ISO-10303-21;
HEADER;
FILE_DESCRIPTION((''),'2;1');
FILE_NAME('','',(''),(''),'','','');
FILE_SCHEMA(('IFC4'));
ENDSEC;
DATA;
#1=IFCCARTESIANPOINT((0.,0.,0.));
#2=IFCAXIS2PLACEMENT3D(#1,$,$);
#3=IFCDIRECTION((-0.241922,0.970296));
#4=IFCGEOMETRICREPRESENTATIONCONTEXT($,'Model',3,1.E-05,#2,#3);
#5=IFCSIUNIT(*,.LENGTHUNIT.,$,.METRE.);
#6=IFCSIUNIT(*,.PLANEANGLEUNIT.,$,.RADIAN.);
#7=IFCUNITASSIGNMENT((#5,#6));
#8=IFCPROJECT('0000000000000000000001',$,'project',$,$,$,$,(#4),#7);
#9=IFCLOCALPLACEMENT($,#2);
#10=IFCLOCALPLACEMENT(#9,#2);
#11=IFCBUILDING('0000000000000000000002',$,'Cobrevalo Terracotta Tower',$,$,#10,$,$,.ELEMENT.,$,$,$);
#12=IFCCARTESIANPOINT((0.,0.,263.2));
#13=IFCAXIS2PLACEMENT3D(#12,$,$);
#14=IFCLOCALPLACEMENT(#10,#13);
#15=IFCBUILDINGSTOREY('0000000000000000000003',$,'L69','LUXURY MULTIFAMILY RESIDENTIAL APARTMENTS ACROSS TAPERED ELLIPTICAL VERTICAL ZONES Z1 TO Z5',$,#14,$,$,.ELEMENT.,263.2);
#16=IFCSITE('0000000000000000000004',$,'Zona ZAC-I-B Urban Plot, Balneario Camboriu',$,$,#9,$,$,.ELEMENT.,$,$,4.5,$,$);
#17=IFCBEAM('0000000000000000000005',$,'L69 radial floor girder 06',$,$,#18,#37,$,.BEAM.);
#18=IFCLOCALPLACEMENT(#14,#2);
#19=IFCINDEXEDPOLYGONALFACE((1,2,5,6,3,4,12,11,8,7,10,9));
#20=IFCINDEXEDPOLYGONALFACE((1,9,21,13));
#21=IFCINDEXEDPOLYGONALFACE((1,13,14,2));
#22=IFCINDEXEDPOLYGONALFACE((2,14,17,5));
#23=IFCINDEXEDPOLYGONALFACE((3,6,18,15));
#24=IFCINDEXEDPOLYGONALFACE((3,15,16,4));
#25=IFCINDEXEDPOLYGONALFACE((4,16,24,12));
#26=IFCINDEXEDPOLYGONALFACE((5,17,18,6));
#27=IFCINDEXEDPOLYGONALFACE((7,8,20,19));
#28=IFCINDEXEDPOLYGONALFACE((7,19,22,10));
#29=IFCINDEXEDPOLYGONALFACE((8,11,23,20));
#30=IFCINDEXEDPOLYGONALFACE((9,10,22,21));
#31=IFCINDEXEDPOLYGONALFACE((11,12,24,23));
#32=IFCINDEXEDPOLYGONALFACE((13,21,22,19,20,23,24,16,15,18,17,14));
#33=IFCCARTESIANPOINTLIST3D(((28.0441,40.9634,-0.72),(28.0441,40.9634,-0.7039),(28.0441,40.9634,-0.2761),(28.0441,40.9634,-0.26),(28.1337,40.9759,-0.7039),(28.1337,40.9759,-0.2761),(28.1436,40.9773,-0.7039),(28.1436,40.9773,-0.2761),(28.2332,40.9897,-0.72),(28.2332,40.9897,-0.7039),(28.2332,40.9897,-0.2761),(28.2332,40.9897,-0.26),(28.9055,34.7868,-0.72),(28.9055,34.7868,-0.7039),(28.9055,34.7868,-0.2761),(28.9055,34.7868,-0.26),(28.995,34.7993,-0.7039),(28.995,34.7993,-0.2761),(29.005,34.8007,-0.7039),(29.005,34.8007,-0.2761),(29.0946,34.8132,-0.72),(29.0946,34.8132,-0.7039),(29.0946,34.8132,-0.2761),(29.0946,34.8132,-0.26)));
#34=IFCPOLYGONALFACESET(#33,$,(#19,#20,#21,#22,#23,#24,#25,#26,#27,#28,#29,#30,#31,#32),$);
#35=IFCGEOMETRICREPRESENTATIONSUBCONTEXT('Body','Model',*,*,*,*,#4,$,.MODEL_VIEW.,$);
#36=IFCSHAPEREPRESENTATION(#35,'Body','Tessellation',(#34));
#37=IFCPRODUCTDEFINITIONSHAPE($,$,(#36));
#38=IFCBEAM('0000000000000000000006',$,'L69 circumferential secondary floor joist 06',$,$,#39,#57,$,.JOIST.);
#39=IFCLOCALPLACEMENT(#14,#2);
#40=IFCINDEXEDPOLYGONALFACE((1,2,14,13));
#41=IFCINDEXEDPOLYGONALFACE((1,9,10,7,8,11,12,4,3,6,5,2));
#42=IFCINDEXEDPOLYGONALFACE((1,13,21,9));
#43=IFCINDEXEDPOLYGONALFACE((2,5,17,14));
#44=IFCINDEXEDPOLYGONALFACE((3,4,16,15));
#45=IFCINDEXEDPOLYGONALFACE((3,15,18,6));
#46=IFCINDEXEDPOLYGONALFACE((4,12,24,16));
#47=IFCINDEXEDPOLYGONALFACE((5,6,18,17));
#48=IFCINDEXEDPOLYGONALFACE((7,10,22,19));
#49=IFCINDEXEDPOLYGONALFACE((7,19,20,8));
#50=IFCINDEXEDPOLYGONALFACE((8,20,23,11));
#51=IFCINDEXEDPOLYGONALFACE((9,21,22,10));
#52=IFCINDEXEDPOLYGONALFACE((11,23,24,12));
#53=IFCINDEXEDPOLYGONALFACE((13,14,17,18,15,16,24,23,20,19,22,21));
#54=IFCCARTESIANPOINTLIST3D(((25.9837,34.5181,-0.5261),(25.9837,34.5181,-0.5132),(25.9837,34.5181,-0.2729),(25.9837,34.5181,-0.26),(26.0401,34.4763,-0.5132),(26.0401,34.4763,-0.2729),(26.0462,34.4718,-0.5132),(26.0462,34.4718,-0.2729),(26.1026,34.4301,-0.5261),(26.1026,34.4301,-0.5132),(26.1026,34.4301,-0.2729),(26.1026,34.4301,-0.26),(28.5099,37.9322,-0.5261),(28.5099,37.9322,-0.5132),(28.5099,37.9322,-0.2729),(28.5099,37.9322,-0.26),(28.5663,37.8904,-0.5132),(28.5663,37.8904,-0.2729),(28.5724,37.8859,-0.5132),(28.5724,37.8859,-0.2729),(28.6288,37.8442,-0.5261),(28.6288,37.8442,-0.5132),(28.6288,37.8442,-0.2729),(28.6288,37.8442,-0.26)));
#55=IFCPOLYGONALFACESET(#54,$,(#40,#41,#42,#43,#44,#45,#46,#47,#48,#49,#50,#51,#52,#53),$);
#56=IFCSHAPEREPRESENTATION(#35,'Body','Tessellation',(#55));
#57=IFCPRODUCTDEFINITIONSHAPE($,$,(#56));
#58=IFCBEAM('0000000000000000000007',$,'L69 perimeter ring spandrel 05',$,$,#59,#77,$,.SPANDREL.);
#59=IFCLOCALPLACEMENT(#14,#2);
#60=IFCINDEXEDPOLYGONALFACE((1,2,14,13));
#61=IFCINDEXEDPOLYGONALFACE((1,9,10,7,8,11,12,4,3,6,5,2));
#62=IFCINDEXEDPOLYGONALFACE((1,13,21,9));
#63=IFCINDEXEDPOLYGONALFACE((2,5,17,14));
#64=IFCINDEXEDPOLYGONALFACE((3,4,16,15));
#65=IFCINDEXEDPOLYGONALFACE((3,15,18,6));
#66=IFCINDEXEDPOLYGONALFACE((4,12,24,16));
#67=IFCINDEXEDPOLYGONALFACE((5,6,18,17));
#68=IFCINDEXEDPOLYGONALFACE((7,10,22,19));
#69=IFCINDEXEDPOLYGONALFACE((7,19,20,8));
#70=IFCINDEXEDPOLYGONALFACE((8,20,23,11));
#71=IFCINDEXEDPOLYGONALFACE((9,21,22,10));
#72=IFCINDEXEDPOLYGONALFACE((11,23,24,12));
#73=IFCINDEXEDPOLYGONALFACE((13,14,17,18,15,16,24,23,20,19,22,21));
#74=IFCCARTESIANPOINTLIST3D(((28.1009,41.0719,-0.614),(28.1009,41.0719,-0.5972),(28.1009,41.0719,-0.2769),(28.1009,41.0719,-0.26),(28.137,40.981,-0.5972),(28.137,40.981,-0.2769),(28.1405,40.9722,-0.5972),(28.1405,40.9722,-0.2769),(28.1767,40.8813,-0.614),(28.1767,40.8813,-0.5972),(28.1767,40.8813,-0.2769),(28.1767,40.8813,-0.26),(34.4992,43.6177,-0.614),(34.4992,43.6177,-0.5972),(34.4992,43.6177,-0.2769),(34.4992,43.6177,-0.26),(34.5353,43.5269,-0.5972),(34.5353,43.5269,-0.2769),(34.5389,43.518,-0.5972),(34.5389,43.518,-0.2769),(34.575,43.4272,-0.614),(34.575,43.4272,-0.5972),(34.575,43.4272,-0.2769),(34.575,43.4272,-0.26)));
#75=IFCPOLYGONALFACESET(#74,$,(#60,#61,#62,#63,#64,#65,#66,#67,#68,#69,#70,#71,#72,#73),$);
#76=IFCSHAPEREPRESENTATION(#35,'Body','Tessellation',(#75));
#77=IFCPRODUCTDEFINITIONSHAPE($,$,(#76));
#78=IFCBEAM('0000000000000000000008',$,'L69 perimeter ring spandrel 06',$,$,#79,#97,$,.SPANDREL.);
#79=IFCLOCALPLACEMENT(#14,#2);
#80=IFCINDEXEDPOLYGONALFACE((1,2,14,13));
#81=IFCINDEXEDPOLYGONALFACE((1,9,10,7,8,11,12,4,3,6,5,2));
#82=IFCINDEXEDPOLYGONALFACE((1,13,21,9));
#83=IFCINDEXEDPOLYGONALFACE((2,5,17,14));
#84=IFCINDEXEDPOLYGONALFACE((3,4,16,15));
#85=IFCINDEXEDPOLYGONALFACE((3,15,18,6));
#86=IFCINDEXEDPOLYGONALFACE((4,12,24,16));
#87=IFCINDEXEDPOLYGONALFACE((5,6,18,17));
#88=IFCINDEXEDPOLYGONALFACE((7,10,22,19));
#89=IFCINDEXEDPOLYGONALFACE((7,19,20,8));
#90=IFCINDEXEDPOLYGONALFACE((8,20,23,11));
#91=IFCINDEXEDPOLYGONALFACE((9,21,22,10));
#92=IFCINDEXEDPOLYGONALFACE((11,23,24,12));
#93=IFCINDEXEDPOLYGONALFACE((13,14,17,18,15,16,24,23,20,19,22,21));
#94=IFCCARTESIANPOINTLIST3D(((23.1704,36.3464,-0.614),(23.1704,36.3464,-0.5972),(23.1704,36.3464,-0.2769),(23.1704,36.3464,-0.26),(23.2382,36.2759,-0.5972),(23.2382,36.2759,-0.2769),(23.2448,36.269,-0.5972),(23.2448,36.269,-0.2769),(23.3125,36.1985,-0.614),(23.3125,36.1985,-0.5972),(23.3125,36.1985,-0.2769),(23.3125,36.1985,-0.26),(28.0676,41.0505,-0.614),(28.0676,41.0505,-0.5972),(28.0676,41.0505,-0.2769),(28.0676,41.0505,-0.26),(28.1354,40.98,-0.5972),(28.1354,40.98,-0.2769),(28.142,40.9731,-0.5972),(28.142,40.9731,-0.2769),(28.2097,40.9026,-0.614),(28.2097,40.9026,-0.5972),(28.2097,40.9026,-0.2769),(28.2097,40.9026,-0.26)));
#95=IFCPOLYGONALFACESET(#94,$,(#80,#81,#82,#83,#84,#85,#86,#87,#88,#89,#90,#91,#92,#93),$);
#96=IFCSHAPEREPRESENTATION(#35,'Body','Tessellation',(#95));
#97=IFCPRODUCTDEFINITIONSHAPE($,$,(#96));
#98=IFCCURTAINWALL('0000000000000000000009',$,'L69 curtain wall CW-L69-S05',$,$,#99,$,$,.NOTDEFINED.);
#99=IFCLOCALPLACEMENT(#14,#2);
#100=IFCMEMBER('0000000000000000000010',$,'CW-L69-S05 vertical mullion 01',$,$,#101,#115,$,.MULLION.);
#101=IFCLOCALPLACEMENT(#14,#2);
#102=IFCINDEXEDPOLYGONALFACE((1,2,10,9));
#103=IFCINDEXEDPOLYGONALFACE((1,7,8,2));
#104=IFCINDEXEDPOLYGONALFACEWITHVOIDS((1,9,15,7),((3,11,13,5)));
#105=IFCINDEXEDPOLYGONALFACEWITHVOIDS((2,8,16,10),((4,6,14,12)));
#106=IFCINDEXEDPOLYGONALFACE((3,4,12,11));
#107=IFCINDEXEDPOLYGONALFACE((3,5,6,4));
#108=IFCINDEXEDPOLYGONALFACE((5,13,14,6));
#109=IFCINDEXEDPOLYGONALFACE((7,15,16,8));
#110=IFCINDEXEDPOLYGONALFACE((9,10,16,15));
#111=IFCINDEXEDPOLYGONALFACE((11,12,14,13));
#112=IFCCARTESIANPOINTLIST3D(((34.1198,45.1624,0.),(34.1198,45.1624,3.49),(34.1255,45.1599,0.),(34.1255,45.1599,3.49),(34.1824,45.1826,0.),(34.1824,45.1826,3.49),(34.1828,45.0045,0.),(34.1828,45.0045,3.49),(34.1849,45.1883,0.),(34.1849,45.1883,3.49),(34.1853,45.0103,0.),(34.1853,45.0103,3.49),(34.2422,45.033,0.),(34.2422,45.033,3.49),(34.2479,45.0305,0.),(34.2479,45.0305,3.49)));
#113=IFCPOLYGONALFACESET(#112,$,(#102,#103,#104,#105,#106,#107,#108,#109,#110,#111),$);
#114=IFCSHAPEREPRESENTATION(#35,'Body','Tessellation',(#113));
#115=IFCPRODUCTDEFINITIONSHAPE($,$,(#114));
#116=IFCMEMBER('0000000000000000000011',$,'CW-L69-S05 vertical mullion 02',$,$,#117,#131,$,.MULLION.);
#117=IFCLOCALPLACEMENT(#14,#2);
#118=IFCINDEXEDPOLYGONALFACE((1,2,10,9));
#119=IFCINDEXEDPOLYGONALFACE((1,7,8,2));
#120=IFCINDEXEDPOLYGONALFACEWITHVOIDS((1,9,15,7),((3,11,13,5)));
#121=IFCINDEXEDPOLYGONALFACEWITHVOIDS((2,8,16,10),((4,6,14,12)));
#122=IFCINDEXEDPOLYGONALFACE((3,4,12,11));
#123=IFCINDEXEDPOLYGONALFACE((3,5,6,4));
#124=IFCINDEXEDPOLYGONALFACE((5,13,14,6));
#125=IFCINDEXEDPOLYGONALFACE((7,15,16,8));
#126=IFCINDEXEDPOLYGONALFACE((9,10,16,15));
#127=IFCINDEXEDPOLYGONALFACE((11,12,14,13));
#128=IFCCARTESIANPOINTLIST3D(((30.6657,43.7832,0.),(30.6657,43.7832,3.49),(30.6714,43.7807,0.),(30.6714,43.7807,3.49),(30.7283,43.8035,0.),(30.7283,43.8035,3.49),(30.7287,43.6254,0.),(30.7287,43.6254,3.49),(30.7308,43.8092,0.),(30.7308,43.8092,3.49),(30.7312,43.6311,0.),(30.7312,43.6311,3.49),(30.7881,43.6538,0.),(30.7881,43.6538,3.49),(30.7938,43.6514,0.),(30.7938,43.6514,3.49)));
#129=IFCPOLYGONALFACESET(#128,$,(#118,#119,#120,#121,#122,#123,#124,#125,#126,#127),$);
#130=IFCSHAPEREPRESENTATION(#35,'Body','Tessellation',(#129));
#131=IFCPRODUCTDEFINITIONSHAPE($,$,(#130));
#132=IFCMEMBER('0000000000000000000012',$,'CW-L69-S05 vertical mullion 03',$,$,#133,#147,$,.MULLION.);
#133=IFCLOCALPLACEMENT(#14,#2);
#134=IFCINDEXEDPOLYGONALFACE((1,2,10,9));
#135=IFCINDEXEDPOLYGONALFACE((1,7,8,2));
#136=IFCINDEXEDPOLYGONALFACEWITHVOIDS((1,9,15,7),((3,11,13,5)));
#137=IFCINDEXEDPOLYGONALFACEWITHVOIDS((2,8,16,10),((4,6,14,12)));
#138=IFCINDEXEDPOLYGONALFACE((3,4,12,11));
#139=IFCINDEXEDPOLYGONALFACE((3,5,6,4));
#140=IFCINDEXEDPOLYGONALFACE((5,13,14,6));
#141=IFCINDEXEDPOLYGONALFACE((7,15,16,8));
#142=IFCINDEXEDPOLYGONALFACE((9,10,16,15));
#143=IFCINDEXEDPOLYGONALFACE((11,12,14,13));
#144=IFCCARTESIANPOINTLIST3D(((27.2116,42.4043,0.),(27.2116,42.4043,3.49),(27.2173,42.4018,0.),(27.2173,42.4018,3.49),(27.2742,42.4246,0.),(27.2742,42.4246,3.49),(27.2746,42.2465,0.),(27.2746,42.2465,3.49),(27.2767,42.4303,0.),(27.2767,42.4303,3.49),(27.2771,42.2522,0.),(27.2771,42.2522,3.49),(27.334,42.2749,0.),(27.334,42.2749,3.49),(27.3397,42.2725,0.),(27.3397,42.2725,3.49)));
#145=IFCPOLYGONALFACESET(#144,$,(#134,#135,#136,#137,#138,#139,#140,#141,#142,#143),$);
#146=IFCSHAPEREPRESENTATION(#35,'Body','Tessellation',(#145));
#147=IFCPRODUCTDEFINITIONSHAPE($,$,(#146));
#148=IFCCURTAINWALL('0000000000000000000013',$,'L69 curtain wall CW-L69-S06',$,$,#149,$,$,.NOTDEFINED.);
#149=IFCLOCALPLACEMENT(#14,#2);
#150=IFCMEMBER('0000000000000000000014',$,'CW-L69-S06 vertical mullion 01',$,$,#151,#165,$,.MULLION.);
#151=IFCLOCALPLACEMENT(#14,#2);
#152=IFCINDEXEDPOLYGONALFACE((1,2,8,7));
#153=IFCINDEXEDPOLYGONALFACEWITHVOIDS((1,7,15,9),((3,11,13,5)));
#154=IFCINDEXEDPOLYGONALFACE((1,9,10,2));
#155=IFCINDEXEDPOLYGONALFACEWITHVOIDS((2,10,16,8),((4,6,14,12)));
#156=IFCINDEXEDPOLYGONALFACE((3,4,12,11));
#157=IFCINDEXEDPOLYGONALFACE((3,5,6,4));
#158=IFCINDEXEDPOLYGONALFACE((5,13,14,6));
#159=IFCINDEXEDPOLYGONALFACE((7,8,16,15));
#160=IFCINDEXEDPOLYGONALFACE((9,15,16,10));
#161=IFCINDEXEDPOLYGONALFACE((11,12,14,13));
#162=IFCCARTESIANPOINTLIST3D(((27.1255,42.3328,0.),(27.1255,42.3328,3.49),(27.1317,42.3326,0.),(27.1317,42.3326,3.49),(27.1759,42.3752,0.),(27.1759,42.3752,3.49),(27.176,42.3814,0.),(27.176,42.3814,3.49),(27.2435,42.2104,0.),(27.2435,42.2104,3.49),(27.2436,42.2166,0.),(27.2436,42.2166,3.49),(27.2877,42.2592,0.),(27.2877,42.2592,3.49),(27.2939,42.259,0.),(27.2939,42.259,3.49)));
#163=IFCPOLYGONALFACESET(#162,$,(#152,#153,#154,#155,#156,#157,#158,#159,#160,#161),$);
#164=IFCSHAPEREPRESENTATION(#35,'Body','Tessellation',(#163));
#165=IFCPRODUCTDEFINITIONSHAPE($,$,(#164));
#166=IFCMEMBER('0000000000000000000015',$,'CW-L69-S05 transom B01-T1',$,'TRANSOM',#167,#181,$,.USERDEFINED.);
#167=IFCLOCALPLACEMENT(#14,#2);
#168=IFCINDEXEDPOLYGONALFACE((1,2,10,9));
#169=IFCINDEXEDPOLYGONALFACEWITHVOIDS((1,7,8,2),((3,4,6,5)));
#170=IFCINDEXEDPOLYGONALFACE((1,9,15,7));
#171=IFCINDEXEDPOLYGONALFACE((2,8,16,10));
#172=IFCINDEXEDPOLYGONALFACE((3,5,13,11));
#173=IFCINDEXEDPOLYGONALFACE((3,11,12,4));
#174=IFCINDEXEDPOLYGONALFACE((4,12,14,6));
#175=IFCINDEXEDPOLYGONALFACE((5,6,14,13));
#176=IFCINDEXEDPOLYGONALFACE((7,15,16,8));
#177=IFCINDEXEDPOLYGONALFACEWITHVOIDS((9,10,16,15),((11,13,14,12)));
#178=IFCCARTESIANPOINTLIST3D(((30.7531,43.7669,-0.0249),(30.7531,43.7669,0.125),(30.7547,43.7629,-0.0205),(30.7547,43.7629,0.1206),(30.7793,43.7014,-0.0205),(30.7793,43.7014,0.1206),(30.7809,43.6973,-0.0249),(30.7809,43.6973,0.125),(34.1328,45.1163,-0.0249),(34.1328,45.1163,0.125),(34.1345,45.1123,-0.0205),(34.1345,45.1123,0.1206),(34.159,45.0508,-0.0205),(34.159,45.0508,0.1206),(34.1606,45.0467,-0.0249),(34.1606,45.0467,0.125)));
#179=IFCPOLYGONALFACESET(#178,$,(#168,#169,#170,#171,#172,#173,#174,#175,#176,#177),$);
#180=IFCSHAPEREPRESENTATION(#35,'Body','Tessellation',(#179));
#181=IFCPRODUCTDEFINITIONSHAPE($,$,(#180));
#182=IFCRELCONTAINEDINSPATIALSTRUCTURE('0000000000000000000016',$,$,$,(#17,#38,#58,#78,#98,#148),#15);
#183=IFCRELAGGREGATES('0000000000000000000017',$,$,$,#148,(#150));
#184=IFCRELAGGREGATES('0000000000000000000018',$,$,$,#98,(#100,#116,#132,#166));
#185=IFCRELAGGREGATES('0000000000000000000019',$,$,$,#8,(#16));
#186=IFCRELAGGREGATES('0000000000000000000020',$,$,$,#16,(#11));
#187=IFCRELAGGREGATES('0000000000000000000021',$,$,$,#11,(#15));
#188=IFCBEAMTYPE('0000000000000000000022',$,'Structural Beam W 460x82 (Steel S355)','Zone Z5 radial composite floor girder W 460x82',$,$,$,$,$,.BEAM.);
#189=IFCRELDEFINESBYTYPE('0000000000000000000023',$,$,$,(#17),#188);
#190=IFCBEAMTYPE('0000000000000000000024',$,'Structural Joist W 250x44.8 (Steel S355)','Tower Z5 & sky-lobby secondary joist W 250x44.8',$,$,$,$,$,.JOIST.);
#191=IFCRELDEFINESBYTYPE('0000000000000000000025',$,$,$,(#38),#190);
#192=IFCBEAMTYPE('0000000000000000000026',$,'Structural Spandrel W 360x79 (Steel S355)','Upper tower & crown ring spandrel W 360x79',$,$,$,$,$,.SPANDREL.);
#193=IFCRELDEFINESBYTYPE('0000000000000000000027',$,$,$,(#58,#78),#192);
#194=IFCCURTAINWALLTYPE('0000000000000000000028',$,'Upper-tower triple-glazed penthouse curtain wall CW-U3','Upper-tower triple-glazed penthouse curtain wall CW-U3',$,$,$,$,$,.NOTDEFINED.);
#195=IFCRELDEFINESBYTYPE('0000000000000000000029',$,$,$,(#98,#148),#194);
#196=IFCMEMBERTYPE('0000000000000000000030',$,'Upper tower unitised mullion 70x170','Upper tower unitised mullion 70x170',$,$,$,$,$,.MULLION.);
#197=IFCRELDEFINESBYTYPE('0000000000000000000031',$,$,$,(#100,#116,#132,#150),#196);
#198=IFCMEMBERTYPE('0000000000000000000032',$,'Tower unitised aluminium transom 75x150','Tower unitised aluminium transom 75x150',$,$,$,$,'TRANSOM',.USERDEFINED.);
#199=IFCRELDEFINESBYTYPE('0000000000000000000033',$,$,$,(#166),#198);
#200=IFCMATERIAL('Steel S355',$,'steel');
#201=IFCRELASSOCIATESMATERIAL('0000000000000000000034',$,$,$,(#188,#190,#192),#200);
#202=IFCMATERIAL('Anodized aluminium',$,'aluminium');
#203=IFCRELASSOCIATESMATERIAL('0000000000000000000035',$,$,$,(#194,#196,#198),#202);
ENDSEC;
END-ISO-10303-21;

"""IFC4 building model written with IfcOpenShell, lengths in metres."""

from ifc_helpers import new_model, si_unit, direction, frame, origin, origin_2d, place, context, subcontext, project, spatial, hollow_rectangle, i_section, extrude, source, transform, mapped, material, material_profile, profile_set, type_object, element, aggregate, save


model = new_model("IFC4")

# Units and contexts
model_context = context("Model", 3, precision=1e-05, world=origin(), true_north=direction((-0.241922, 0.970296)))
body_context = subcontext(model_context, "Body", "Model", "MODEL_VIEW")
ifc_project = project(units=[si_unit("LENGTHUNIT", "METRE"), si_unit("PLANEANGLEUNIT", "RADIAN")], contexts=[model_context])

# Site, building, storey
site_placement = place(None, origin())
site = spatial("IfcSite", under=ifc_project, at=site_placement, Name="Zona ZAC-I-B Urban Plot, Balneario Camboriu", CompositionType="ELEMENT", RefElevation=4.5)
building_placement = place(site_placement, origin())
building = spatial("IfcBuilding", under=site, at=building_placement, Name="Cobrevalo Terracotta Tower", CompositionType="ELEMENT")
storey_placement = place(building_placement, frame((0.0, 0.0, 263.2)))
storey = spatial("IfcBuildingStorey", under=building, at=storey_placement, Name="L69", Description="LUXURY MULTIFAMILY RESIDENTIAL APARTMENTS ACROSS TAPERED ELLIPTICAL VERTICAL ZONES Z1 TO Z5", CompositionType="ELEMENT", Elevation=263.2)

# Shared definitions
ifc_material_1 = material(Name="Steel S355", Category="steel")

# Beams
ifc_material_profile_1 = material_profile(ifc_material_1, i_section(OverallWidth=0.1909, OverallDepth=0.46, WebThickness=0.01, FlangeThickness=0.0161, at=origin_2d()), Name="W 460x82")
ifc_profile_set_1 = profile_set([ifc_material_profile_1], Name="Steel S355")
beam_type_1 = type_object("IfcBeamType", Name="Structural Beam W 460x82 (Steel S355)", Description="Zone Z5 radial composite floor girder W 460x82", PredefinedType="BEAM", material=ifc_profile_set_1)
beam_1_placement = place(storey_placement, frame((28.1387, 40.9766, -0.49), z_axis=(0.138116, -0.990416, 0.0), x_axis=(0.990416, 0.138116, 0.0)))
element("IfcBeam", 1, at=beam_1_placement, inside=storey, type_object=beam_type_1, Name="L69 radial floor girder 06", PredefinedType="BEAM", context=body_context, shape_type="SweptSolid", body=[
    extrude(i_section(OverallWidth=0.1909, OverallDepth=0.46, WebThickness=0.01, FlangeThickness=0.0161, at=origin_2d()), origin(), (0.0, 0.0, 1.0), 6.2363),
])
ifc_material_profile_2 = material_profile(ifc_material_1, i_section(OverallWidth=0.1479, OverallDepth=0.2661, WebThickness=0.0076, FlangeThickness=0.0129, at=origin_2d()), Name="W 250x44.8")
ifc_profile_set_2 = profile_set([ifc_material_profile_2], Name="Steel S355")
beam_type_2 = type_object("IfcBeamType", Name="Structural Joist W 250x44.8 (Steel S355)", Description="Tower Z5 & sky-lobby secondary joist W 250x44.8", PredefinedType="JOIST", material=ifc_profile_set_2)
beam_2_placement = place(storey_placement, frame((28.5693, 37.8882, -0.3931), z_axis=(-0.5948, -0.803874, 0.0), x_axis=(0.803874, -0.5948, 0.0)))
element("IfcBeam", 2, at=beam_2_placement, inside=storey, type_object=beam_type_2, Name="L69 circumferential secondary floor joist 06", PredefinedType="JOIST", context=body_context, shape_type="SweptSolid", body=[
    extrude(i_section(OverallWidth=0.1479, OverallDepth=0.2661, WebThickness=0.0076, FlangeThickness=0.0129, at=origin_2d()), origin(), (0.0, 0.0, 1.0), 4.2471),
])
ifc_material_profile_3 = material_profile(ifc_material_1, i_section(OverallWidth=0.2051, OverallDepth=0.354, WebThickness=0.0095, FlangeThickness=0.0168, at=origin_2d()), Name="W 360x79")
ifc_profile_set_3 = profile_set([ifc_material_profile_3], Name="Steel S355")
beam_type_3 = type_object("IfcBeamType", Name="Structural Spandrel W 360x79 (Steel S355)", Description="Upper tower & crown ring spandrel W 360x79", PredefinedType="SPANDREL", material=ifc_profile_set_3)
beam_3_placement = place(storey_placement, frame((34.5371, 43.5225, -0.437), z_axis=(-0.92915, -0.369703, 0.0), x_axis=(0.369703, -0.92915, 0.0)))
element("IfcBeam", 3, at=beam_3_placement, inside=storey, type_object=beam_type_3, Name="L69 perimeter ring spandrel 05", PredefinedType="SPANDREL", context=body_context, shape_type="SweptSolid", body=[
    extrude(i_section(OverallWidth=0.2051, OverallDepth=0.354, WebThickness=0.0095, FlangeThickness=0.0168, at=origin_2d()), origin(), (0.0, 0.0, 1.0), 6.8862),
])
beam_4_placement = place(storey_placement, frame((28.1387, 40.9766, -0.437), z_axis=(-0.721183, -0.692744, 0.0), x_axis=(0.692744, -0.721183, 0.0)))
element("IfcBeam", 4, at=beam_4_placement, inside=storey, type_object=beam_type_3, Name="L69 perimeter ring spandrel 06", PredefinedType="SPANDREL", context=body_context, shape_type="SweptSolid", body=[
    extrude(i_section(OverallWidth=0.2051, OverallDepth=0.354, WebThickness=0.0095, FlangeThickness=0.0168, at=origin_2d()), origin(), (0.0, 0.0, 1.0), 6.7905),
])

# Curtain wall, members
ifc_material_2 = material(Name="Anodized aluminium", Category="aluminium")
curtain_wall_type = type_object("IfcCurtainWallType", Name="Upper-tower triple-glazed penthouse curtain wall CW-U3", Description="Upper-tower triple-glazed penthouse curtain wall CW-U3", PredefinedType="NOTDEFINED", material=ifc_material_2)
curtain_wall_1_placement = place(storey_placement, origin())
curtain_wall_1 = element("IfcCurtainWall", 5, at=curtain_wall_1_placement, inside=storey, type_object=curtain_wall_type, Name="L69 curtain wall CW-L69-S05", PredefinedType="NOTDEFINED")
ifc_material_profile_4 = material_profile(ifc_material_2, hollow_rectangle(XDim=0.0701, YDim=0.1699, WallThickness=0.0044, at=origin_2d()), Name="CWM 70x170")
ifc_profile_set_4 = profile_set([ifc_material_profile_4], Name="Anodized aluminium")
member_type_1 = type_object("IfcMemberType", Name="Upper tower unitised mullion 70x170", Description="Upper tower unitised mullion 70x170", PredefinedType="MULLION", material=ifc_profile_set_4)
shared_shape_1 = source(origin(), body_context, "Body", "SweptSolid", [
    extrude(hollow_rectangle(XDim=0.0701, YDim=0.1699, WallThickness=0.0044, at=origin_2d()), origin(), (0.0, 0.0, 1.0), 3.49),
])
member_1_placement = place(storey_placement, frame((34.1838, 45.0964, 0.0), z_axis=(0.0, 0.0, 1.0), x_axis=(-0.928719, -0.370784, 0.0)))
member_1 = element("IfcMember", 6, at=member_1_placement, type_object=member_type_1, Name="CW-L69-S05 vertical mullion 01", PredefinedType="MULLION", context=body_context, shape_type="MappedRepresentation", body=[
    mapped(shared_shape_1, transform((0.0, 0.0, 0.0), scale=1.0)),
])
member_2_placement = place(storey_placement, frame((30.7297, 43.7173, 0.0), z_axis=(0.0, 0.0, 1.0), x_axis=(-0.928719, -0.370784, 0.0)))
member_2 = element("IfcMember", 7, at=member_2_placement, type_object=member_type_1, Name="CW-L69-S05 vertical mullion 02", PredefinedType="MULLION", context=body_context, shape_type="MappedRepresentation", body=[
    mapped(shared_shape_1, transform((0.0, 0.0, 0.0), scale=1.0)),
])
member_3_placement = place(storey_placement, frame((27.2756, 42.3384, 0.0), z_axis=(0.0, 0.0, 1.0), x_axis=(-0.928719, -0.370784, 0.0)))
member_3 = element("IfcMember", 8, at=member_3_placement, type_object=member_type_1, Name="CW-L69-S05 vertical mullion 03", PredefinedType="MULLION", context=body_context, shape_type="MappedRepresentation", body=[
    mapped(shared_shape_1, transform((0.0, 0.0, 0.0), scale=1.0)),
])

# Curtain wall, member
curtain_wall_2_placement = place(storey_placement, origin())
curtain_wall_2 = element("IfcCurtainWall", 9, at=curtain_wall_2_placement, inside=storey, type_object=curtain_wall_type, Name="L69 curtain wall CW-L69-S06", PredefinedType="NOTDEFINED")
member_4_placement = place(storey_placement, frame((27.2097, 42.2959, 0.0), z_axis=(0.0, 0.0, 1.0), x_axis=(-0.719994, -0.69398, 0.0)))
member_4 = element("IfcMember", 10, at=member_4_placement, type_object=member_type_1, Name="CW-L69-S06 vertical mullion 01", PredefinedType="MULLION", context=body_context, shape_type="MappedRepresentation", body=[
    mapped(shared_shape_1, transform((0.0, 0.0, 0.0), scale=1.0)),
])
aggregate(curtain_wall_2, [member_4])

# Member
ifc_material_profile_5 = material_profile(ifc_material_2, hollow_rectangle(XDim=0.075, YDim=0.1499, WallThickness=0.0044, at=origin_2d()), Name="CWT 75x150")
ifc_profile_set_5 = profile_set([ifc_material_profile_5], Name="Anodized aluminium")
member_type_2 = type_object("IfcMemberType", Name="Tower unitised aluminium transom 75x150", Description="Tower unitised aluminium transom 75x150", ElementType="TRANSOM", PredefinedType="USERDEFINED", material=ifc_profile_set_5)
shared_shape_2 = source(origin(), body_context, "Body", "SweptSolid", [
    extrude(hollow_rectangle(XDim=0.075, YDim=0.1499, WallThickness=0.0044, at=origin_2d()), origin(), (0.0, 0.0, 1.0), 3.6392),
])
member_5_placement = place(storey_placement, frame((34.1467, 45.0815, 0.05), z_axis=(-0.928712, -0.370801, 0.0), x_axis=(0.370801, -0.928712, 0.0)))
member_5 = element("IfcMember", 11, at=member_5_placement, type_object=member_type_2, Name="CW-L69-S05 transom B01-T1", ObjectType="TRANSOM", PredefinedType="USERDEFINED", context=body_context, shape_type="MappedRepresentation", body=[
    mapped(shared_shape_2, transform((0.0, 0.0, 0.0), scale=1.0)),
])

aggregate(curtain_wall_1, [member_1, member_2, member_3, member_5])

save(model, "model.ifc")
